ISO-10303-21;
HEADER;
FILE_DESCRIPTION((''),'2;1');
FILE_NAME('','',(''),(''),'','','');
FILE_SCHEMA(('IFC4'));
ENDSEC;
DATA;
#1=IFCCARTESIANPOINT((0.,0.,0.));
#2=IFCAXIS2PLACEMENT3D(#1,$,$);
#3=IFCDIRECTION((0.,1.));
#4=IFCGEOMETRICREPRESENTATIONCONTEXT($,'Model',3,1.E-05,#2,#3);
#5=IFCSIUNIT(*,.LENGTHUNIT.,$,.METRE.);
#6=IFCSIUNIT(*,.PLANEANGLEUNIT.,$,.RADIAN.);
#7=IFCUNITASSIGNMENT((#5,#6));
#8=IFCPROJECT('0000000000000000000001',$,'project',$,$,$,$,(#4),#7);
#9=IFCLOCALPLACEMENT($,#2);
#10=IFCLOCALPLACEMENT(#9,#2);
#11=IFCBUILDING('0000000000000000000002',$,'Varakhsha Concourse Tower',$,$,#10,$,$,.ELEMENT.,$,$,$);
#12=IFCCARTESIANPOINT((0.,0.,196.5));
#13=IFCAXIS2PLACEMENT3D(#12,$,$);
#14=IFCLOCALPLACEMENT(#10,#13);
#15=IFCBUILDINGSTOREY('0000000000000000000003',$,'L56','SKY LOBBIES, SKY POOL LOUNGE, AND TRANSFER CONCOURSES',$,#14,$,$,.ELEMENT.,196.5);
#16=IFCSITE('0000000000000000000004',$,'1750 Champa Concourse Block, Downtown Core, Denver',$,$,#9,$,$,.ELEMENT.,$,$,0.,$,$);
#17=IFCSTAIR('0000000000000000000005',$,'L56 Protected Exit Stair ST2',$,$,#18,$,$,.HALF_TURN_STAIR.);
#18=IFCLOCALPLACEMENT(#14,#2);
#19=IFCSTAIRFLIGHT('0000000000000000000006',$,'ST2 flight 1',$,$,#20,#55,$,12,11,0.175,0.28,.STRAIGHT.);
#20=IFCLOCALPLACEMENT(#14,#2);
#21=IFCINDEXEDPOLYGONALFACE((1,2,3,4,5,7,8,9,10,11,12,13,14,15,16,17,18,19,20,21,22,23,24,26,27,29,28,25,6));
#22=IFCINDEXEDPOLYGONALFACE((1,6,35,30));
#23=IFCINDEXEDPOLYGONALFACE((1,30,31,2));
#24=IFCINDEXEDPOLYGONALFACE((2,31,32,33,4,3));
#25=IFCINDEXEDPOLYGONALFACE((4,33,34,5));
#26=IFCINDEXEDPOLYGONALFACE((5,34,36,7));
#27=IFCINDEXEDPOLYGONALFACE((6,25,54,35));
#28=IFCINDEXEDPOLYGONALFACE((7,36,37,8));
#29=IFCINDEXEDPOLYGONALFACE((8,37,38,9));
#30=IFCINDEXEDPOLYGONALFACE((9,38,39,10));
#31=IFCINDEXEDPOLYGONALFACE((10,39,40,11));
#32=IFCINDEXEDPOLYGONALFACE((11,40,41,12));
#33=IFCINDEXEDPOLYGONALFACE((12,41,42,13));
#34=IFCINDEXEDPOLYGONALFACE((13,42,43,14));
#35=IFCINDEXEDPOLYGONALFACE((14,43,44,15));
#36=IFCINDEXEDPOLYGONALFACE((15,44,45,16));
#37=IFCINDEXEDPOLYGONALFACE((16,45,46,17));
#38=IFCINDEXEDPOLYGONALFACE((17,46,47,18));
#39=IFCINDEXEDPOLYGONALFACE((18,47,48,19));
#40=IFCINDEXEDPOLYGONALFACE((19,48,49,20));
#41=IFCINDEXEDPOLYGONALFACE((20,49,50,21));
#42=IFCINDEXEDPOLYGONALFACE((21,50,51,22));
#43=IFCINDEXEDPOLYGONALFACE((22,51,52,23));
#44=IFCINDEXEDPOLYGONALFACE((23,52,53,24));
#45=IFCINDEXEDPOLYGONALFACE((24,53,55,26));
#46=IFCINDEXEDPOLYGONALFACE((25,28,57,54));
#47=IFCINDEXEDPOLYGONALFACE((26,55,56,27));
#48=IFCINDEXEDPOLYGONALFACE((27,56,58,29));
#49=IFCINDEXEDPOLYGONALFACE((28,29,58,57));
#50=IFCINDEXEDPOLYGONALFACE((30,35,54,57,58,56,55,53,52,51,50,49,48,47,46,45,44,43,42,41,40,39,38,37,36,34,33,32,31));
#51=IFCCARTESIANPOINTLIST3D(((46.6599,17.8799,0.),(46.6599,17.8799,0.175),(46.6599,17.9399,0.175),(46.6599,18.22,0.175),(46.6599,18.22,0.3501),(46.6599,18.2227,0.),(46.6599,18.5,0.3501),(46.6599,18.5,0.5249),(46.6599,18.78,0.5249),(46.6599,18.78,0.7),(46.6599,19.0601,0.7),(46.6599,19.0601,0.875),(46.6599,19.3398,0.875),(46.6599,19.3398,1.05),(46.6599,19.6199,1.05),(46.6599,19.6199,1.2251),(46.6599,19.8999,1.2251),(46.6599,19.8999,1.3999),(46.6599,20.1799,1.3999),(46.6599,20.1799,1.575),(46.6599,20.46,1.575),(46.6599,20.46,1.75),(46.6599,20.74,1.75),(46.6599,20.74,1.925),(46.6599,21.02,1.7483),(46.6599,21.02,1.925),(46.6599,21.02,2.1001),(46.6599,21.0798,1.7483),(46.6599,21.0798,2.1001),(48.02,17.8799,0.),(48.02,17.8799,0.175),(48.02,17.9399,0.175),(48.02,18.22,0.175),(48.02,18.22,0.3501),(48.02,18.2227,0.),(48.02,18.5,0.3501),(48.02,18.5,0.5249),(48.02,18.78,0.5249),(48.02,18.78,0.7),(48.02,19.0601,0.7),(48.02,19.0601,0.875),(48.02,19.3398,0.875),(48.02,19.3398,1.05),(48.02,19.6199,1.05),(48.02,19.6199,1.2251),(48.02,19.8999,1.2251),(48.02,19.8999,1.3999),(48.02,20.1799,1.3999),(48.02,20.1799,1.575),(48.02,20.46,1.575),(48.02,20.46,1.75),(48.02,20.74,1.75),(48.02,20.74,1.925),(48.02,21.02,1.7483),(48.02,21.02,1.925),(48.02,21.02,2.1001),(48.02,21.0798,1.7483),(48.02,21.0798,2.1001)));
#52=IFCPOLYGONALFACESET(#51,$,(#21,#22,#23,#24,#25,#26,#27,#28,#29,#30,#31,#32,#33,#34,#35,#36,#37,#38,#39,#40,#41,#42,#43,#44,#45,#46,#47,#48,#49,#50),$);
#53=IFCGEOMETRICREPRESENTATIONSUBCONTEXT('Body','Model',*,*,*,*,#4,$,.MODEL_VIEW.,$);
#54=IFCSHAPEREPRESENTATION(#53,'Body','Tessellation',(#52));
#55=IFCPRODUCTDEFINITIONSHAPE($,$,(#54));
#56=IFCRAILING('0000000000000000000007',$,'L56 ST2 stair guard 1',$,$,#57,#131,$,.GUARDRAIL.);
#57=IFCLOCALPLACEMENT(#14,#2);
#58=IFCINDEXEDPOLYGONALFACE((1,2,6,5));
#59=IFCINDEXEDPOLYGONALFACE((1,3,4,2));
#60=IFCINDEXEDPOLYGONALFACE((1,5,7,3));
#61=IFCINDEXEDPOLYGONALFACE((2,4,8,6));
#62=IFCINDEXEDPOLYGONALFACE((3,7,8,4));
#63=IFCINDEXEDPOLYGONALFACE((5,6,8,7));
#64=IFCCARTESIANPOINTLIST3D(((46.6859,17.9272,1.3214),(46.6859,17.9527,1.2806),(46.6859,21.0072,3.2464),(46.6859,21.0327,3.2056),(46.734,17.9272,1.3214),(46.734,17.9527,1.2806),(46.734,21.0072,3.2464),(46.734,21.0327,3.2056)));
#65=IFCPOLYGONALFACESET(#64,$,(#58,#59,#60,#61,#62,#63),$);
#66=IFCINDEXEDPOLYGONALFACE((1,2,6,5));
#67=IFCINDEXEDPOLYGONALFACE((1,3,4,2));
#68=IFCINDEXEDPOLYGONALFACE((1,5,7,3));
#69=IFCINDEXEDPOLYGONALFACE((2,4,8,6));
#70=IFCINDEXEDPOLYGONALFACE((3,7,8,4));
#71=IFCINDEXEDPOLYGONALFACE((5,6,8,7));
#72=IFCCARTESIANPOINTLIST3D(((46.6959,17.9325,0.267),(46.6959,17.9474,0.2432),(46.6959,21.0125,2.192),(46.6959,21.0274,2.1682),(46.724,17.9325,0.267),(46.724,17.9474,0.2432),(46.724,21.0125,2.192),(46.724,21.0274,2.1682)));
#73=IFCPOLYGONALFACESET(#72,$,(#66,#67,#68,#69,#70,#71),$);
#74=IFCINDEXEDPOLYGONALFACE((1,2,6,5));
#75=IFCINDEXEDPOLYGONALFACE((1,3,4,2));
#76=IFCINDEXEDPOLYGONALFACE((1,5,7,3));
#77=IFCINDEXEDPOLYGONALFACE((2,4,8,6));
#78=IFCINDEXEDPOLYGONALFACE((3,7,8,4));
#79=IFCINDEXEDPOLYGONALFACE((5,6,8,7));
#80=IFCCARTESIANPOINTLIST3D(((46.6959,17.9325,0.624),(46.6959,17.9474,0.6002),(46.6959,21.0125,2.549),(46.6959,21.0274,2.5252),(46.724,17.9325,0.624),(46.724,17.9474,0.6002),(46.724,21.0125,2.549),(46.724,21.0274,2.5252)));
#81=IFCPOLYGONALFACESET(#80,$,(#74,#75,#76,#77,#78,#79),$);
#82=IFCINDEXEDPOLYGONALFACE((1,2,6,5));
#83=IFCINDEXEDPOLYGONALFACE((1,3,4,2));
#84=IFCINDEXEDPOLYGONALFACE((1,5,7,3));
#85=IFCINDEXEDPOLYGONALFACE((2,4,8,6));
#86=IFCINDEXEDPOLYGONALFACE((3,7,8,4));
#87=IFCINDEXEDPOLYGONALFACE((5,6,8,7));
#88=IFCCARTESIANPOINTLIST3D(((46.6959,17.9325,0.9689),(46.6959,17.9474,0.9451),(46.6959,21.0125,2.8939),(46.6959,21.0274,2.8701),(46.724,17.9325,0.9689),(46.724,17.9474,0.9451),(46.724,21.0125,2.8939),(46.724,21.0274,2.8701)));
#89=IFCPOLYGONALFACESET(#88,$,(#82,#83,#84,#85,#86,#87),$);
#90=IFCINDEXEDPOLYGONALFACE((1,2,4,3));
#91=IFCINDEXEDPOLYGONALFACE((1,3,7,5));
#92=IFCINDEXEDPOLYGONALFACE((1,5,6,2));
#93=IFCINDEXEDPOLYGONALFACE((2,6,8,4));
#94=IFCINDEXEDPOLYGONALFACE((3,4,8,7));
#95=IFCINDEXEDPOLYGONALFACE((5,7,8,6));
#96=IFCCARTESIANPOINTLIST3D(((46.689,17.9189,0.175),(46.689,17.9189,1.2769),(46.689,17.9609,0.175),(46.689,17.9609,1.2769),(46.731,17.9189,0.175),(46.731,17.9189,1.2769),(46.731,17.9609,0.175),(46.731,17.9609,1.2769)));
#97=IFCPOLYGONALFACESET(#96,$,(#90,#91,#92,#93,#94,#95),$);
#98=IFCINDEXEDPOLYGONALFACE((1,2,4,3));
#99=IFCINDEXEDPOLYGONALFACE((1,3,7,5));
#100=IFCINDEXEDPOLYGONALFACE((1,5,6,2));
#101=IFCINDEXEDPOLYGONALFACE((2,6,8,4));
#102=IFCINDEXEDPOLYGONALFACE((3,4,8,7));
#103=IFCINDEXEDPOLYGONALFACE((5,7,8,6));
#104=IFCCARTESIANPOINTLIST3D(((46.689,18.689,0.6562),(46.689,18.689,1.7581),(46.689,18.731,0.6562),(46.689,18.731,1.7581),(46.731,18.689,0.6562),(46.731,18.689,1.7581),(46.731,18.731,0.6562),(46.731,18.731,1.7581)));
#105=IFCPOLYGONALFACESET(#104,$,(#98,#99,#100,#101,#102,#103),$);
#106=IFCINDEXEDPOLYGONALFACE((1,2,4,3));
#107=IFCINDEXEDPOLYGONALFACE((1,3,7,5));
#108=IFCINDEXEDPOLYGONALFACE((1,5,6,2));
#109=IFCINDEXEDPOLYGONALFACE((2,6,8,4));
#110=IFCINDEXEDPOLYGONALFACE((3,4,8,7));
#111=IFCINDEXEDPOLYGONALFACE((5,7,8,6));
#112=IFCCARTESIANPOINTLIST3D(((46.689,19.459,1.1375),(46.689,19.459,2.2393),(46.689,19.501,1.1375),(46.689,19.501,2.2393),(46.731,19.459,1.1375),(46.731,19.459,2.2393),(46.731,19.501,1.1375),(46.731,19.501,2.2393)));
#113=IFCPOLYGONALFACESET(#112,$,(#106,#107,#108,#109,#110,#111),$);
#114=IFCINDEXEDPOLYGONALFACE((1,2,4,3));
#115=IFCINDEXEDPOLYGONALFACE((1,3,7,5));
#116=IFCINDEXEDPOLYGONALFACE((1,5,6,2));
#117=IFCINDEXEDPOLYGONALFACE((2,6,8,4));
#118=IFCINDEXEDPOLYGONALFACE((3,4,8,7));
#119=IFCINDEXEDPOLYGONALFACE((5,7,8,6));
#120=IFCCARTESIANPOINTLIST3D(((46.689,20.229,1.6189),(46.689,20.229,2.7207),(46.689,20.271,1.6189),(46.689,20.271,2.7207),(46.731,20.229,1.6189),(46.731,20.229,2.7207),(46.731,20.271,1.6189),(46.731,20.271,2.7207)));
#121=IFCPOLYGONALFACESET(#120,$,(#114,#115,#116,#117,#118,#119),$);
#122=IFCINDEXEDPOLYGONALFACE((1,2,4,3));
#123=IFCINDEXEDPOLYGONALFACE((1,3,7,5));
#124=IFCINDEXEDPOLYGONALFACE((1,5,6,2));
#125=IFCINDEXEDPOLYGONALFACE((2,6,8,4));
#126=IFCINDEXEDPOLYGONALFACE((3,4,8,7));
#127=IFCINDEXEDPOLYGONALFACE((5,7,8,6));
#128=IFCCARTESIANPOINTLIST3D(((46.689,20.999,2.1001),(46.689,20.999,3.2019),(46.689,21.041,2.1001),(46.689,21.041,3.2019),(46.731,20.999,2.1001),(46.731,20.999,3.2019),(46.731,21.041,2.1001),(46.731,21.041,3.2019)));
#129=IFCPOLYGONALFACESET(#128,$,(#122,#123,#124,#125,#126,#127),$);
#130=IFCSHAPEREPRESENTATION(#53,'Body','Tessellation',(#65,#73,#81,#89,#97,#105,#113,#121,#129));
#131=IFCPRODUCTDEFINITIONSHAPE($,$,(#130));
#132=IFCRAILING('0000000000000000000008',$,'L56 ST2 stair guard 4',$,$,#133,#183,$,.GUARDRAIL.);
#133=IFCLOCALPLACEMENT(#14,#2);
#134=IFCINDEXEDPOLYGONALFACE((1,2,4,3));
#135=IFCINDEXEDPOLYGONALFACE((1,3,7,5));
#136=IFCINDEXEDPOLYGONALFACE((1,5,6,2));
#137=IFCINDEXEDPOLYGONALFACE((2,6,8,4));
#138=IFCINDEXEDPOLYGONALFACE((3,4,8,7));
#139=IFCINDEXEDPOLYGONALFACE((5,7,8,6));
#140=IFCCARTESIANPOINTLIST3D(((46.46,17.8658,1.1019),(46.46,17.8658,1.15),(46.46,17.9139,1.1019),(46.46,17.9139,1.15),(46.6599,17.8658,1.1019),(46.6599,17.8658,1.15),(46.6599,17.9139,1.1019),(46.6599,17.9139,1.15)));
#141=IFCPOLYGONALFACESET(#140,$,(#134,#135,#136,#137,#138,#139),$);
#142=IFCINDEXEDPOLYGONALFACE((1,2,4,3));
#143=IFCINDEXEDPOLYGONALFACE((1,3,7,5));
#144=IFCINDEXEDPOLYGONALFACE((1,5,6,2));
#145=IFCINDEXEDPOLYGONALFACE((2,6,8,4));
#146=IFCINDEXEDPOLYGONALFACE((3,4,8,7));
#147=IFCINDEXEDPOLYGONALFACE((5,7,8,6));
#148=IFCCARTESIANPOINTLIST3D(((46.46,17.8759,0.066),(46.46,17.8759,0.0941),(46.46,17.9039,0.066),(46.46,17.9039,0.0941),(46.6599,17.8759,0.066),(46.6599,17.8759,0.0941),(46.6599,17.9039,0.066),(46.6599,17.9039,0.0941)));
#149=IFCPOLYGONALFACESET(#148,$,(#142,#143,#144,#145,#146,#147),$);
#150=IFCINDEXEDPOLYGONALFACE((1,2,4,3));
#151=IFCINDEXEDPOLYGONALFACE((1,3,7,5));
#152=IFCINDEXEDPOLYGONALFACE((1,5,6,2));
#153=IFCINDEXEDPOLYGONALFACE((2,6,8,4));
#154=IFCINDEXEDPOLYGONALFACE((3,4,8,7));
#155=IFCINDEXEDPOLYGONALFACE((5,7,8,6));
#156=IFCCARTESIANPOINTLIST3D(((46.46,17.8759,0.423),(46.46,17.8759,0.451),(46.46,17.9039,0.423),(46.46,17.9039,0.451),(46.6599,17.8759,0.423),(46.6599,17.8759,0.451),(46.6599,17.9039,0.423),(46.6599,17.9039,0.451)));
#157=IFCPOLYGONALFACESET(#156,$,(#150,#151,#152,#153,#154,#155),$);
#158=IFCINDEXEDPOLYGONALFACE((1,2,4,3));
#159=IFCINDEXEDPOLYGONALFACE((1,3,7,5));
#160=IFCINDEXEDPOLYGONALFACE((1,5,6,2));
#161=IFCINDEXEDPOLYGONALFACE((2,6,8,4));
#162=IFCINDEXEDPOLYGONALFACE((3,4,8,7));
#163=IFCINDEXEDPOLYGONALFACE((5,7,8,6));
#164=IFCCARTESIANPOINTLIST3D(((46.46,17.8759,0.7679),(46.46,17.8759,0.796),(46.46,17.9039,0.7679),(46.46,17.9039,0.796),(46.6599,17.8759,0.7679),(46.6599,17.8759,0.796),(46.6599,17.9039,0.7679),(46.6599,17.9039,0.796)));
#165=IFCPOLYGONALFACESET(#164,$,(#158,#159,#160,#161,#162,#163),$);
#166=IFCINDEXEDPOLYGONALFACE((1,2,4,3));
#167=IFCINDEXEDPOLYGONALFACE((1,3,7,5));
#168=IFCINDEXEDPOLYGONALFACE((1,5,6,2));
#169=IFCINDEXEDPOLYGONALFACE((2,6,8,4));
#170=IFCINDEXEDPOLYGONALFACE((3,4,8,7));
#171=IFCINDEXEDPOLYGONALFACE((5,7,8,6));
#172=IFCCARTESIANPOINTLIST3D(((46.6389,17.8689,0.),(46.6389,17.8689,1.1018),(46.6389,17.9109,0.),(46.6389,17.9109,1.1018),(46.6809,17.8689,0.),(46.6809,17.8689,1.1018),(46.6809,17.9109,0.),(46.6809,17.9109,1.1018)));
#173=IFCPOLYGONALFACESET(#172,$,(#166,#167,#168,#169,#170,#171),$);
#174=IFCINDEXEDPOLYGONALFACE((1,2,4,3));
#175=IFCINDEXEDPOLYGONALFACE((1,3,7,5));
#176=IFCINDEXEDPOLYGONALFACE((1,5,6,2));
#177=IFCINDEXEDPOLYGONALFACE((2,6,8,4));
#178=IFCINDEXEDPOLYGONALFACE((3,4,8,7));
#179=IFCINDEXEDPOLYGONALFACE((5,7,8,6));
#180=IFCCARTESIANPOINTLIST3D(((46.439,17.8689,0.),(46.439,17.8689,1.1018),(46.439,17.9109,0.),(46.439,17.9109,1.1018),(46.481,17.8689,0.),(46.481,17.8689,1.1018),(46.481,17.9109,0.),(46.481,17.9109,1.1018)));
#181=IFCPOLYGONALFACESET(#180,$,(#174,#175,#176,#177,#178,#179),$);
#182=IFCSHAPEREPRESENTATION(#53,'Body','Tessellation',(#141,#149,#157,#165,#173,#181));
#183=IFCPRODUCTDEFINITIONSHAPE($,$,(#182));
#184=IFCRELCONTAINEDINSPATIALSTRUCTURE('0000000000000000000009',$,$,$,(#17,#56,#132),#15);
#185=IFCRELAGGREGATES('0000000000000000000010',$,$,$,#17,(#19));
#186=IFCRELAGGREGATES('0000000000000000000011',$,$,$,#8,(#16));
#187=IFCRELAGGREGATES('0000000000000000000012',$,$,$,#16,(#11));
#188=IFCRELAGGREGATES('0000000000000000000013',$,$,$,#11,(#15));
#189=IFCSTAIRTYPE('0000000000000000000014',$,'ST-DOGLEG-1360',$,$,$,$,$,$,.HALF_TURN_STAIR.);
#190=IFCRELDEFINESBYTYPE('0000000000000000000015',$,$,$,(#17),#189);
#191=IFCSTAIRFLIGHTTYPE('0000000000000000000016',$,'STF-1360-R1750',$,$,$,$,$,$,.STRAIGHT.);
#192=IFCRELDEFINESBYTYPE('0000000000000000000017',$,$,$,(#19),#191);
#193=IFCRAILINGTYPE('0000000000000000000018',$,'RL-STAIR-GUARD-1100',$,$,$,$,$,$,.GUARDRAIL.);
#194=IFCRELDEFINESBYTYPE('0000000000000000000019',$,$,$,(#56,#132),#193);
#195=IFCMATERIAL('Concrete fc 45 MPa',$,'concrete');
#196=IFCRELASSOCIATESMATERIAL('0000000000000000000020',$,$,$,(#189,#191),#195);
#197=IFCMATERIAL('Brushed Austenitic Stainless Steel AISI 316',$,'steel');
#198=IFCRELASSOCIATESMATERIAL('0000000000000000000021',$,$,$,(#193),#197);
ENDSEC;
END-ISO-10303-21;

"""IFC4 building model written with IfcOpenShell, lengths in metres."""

from ifc_helpers import new_model, si_unit, direction, frame, origin, origin_2d, place, context, subcontext, project, spatial, polyline, rectangle, outline, extrude, material, type_object, element, aggregate, save


model = new_model("IFC4")

# Units and contexts
model_context = context("Model", 3, precision=1e-05, world=origin(), true_north=direction((0.0, 1.0)))
body_context = subcontext(model_context, "Body", "Model", "MODEL_VIEW")
ifc_project = project(units=[si_unit("LENGTHUNIT", "METRE"), si_unit("PLANEANGLEUNIT", "RADIAN")], contexts=[model_context])

# Site, building, storey
site_placement = place(None, origin())
site = spatial("IfcSite", under=ifc_project, at=site_placement, Name="1750 Champa Concourse Block, Downtown Core, Denver", CompositionType="ELEMENT", RefElevation=0.0)
building_placement = place(site_placement, origin())
building = spatial("IfcBuilding", under=site, at=building_placement, Name="Varakhsha Concourse Tower", CompositionType="ELEMENT")
storey_placement = place(building_placement, frame((0.0, 0.0, 196.5)))
storey = spatial("IfcBuildingStorey", under=building, at=storey_placement, Name="L56", Description="SKY LOBBIES, SKY POOL LOUNGE, AND TRANSFER CONCOURSES", CompositionType="ELEMENT", Elevation=196.5)

# Shared definitions
ifc_material_1 = material(Name="Concrete fc 45 MPa", Category="concrete")

# Stair, stair flight
stair_type = type_object("IfcStairType", Name="ST-DOGLEG-1360", PredefinedType="HALF_TURN_STAIR", material=ifc_material_1)
stair_placement = place(storey_placement, origin())
stair = element("IfcStair", 1, at=stair_placement, inside=storey, type_object=stair_type, Name="L56 Protected Exit Stair ST2", PredefinedType="HALF_TURN_STAIR")
stair_flight_type = type_object("IfcStairFlightType", Name="STF-1360-R1750", PredefinedType="STRAIGHT", material=ifc_material_1)
stair_flight_placement = place(storey_placement, frame((47.3401, 17.9399, 0.0), z_axis=(0.0, 0.0, 1.0), x_axis=(0.0, 1.0, 0.0)))
stair_flight = element("IfcStairFlight", 2, at=stair_flight_placement, type_object=stair_flight_type, Name="ST2 flight 1", NumberOfRisers=12, NumberOfTreads=11, PredefinedType="STRAIGHT", RiserHeight=0.175, TreadLength=0.28, context=body_context, shape_type="SweptSolid", body=[
    extrude(outline(polyline([(-0.0601, 0.0), (-0.0601, 0.175), (0.0, 0.175), (0.28, 0.175), (0.28, 0.3501), (0.5601, 0.3501), (0.5601, 0.5249), (0.8401, 0.5249), (0.8401, 0.7), (1.1201, 0.7), (1.1201, 0.875), (1.3999, 0.875), (1.3999, 1.05), (1.6799, 1.05), (1.6799, 1.2251), (1.96, 1.2251), (1.96, 1.3999), (2.24, 1.3999), (2.24, 1.575), (2.52, 1.575), (2.52, 1.75), (2.8, 1.75), (2.8, 1.925), (3.0801, 1.925), (3.0801, 2.1001), (3.1399, 2.1001), (3.1399, 1.7483), (3.0801, 1.7483), (0.2827, 0.0), (-0.0601, 0.0)])), frame((0.0, 0.6802, 0.0), z_axis=(0.0, -1.0, 0.0), x_axis=(1.0, 0.0, 0.0)), (0.0, 0.0, 1.0), 1.3601),
])
aggregate(stair, [stair_flight])

# Railings
ifc_material_2 = material(Name="Brushed Austenitic Stainless Steel AISI 316", Category="steel")
railing_type_1 = type_object("IfcRailingType", Name="RL-STAIR-GUARD-1100", PredefinedType="GUARDRAIL", material=ifc_material_2)
railing_1_placement = place(storey_placement, frame((46.71, 17.9399, 0.175)))
element("IfcRailing", 3, at=railing_1_placement, inside=storey, type_object=railing_type_1, Name="L56 ST2 stair guard 1", PredefinedType="GUARDRAIL", context=body_context, shape_type="SweptSolid", body=[
    extrude(rectangle(XDim=0.0481, YDim=0.0481, at=origin_2d()), frame((0.0, 0.0, 1.126), z_axis=(0.0, 0.847998, 0.529999), x_axis=(-1.0, 0.0, 0.0)), (0.0, 0.0, 1.0), 3.6321),
    extrude(rectangle(XDim=0.0281, YDim=0.0281, at=origin_2d()), frame((0.0, 0.0, 0.0801), z_axis=(0.0, 0.847998, 0.529999), x_axis=(-1.0, 0.0, 0.0)), (0.0, 0.0, 1.0), 3.6321),
    extrude(rectangle(XDim=0.0281, YDim=0.0281, at=origin_2d()), frame((0.0, 0.0, 0.437), z_axis=(0.0, 0.847998, 0.529999), x_axis=(-1.0, 0.0, 0.0)), (0.0, 0.0, 1.0), 3.6321),
    extrude(rectangle(XDim=0.0281, YDim=0.0281, at=origin_2d()), frame((0.0, 0.0, 0.782), z_axis=(0.0, 0.847998, 0.529999), x_axis=(-1.0, 0.0, 0.0)), (0.0, 0.0, 1.0), 3.6321),
    extrude(rectangle(XDim=0.042, YDim=0.042, at=origin_2d()), origin(), (0.0, 0.0, 1.0), 1.1018),
    extrude(rectangle(XDim=0.042, YDim=0.042, at=origin_2d()), frame((0.0, 0.77, 0.4812)), (0.0, 0.0, 1.0), 1.1018),
    extrude(rectangle(XDim=0.042, YDim=0.042, at=origin_2d()), frame((0.0, 1.54, 0.9624)), (0.0, 0.0, 1.0), 1.1018),
    extrude(rectangle(XDim=0.042, YDim=0.042, at=origin_2d()), frame((0.0, 2.3101, 1.4438)), (0.0, 0.0, 1.0), 1.1018),
    extrude(rectangle(XDim=0.042, YDim=0.042, at=origin_2d()), frame((0.0, 3.0801, 1.925)), (0.0, 0.0, 1.0), 1.1018),
])
railing_2_placement = place(storey_placement, frame((46.6599, 17.8899, 0.0)))
element("IfcRailing", 4, at=railing_2_placement, inside=storey, type_object=railing_type_1, Name="L56 ST2 stair guard 4", PredefinedType="GUARDRAIL", context=body_context, shape_type="SweptSolid", body=[
    extrude(rectangle(XDim=0.0481, YDim=0.0481, at=origin_2d()), frame((0.0, 0.0, 1.126), z_axis=(-1.0, 0.0, 0.0), x_axis=(0.0, -1.0, 0.0)), (0.0, 0.0, 1.0), 0.2),
    extrude(rectangle(XDim=0.0281, YDim=0.0281, at=origin_2d()), frame((0.0, 0.0, 0.0801), z_axis=(-1.0, 0.0, 0.0), x_axis=(0.0, -1.0, 0.0)), (0.0, 0.0, 1.0), 0.2),
    extrude(rectangle(XDim=0.0281, YDim=0.0281, at=origin_2d()), frame((0.0, 0.0, 0.437), z_axis=(-1.0, 0.0, 0.0), x_axis=(0.0, -1.0, 0.0)), (0.0, 0.0, 1.0), 0.2),
    extrude(rectangle(XDim=0.0281, YDim=0.0281, at=origin_2d()), frame((0.0, 0.0, 0.782), z_axis=(-1.0, 0.0, 0.0), x_axis=(0.0, -1.0, 0.0)), (0.0, 0.0, 1.0), 0.2),
    extrude(rectangle(XDim=0.042, YDim=0.042, at=origin_2d()), origin(), (0.0, 0.0, 1.0), 1.1018),
    extrude(rectangle(XDim=0.042, YDim=0.042, at=origin_2d()), frame((-0.2, 0.0, 0.0)), (0.0, 0.0, 1.0), 1.1018),
])

save(model, "model.ifc")
